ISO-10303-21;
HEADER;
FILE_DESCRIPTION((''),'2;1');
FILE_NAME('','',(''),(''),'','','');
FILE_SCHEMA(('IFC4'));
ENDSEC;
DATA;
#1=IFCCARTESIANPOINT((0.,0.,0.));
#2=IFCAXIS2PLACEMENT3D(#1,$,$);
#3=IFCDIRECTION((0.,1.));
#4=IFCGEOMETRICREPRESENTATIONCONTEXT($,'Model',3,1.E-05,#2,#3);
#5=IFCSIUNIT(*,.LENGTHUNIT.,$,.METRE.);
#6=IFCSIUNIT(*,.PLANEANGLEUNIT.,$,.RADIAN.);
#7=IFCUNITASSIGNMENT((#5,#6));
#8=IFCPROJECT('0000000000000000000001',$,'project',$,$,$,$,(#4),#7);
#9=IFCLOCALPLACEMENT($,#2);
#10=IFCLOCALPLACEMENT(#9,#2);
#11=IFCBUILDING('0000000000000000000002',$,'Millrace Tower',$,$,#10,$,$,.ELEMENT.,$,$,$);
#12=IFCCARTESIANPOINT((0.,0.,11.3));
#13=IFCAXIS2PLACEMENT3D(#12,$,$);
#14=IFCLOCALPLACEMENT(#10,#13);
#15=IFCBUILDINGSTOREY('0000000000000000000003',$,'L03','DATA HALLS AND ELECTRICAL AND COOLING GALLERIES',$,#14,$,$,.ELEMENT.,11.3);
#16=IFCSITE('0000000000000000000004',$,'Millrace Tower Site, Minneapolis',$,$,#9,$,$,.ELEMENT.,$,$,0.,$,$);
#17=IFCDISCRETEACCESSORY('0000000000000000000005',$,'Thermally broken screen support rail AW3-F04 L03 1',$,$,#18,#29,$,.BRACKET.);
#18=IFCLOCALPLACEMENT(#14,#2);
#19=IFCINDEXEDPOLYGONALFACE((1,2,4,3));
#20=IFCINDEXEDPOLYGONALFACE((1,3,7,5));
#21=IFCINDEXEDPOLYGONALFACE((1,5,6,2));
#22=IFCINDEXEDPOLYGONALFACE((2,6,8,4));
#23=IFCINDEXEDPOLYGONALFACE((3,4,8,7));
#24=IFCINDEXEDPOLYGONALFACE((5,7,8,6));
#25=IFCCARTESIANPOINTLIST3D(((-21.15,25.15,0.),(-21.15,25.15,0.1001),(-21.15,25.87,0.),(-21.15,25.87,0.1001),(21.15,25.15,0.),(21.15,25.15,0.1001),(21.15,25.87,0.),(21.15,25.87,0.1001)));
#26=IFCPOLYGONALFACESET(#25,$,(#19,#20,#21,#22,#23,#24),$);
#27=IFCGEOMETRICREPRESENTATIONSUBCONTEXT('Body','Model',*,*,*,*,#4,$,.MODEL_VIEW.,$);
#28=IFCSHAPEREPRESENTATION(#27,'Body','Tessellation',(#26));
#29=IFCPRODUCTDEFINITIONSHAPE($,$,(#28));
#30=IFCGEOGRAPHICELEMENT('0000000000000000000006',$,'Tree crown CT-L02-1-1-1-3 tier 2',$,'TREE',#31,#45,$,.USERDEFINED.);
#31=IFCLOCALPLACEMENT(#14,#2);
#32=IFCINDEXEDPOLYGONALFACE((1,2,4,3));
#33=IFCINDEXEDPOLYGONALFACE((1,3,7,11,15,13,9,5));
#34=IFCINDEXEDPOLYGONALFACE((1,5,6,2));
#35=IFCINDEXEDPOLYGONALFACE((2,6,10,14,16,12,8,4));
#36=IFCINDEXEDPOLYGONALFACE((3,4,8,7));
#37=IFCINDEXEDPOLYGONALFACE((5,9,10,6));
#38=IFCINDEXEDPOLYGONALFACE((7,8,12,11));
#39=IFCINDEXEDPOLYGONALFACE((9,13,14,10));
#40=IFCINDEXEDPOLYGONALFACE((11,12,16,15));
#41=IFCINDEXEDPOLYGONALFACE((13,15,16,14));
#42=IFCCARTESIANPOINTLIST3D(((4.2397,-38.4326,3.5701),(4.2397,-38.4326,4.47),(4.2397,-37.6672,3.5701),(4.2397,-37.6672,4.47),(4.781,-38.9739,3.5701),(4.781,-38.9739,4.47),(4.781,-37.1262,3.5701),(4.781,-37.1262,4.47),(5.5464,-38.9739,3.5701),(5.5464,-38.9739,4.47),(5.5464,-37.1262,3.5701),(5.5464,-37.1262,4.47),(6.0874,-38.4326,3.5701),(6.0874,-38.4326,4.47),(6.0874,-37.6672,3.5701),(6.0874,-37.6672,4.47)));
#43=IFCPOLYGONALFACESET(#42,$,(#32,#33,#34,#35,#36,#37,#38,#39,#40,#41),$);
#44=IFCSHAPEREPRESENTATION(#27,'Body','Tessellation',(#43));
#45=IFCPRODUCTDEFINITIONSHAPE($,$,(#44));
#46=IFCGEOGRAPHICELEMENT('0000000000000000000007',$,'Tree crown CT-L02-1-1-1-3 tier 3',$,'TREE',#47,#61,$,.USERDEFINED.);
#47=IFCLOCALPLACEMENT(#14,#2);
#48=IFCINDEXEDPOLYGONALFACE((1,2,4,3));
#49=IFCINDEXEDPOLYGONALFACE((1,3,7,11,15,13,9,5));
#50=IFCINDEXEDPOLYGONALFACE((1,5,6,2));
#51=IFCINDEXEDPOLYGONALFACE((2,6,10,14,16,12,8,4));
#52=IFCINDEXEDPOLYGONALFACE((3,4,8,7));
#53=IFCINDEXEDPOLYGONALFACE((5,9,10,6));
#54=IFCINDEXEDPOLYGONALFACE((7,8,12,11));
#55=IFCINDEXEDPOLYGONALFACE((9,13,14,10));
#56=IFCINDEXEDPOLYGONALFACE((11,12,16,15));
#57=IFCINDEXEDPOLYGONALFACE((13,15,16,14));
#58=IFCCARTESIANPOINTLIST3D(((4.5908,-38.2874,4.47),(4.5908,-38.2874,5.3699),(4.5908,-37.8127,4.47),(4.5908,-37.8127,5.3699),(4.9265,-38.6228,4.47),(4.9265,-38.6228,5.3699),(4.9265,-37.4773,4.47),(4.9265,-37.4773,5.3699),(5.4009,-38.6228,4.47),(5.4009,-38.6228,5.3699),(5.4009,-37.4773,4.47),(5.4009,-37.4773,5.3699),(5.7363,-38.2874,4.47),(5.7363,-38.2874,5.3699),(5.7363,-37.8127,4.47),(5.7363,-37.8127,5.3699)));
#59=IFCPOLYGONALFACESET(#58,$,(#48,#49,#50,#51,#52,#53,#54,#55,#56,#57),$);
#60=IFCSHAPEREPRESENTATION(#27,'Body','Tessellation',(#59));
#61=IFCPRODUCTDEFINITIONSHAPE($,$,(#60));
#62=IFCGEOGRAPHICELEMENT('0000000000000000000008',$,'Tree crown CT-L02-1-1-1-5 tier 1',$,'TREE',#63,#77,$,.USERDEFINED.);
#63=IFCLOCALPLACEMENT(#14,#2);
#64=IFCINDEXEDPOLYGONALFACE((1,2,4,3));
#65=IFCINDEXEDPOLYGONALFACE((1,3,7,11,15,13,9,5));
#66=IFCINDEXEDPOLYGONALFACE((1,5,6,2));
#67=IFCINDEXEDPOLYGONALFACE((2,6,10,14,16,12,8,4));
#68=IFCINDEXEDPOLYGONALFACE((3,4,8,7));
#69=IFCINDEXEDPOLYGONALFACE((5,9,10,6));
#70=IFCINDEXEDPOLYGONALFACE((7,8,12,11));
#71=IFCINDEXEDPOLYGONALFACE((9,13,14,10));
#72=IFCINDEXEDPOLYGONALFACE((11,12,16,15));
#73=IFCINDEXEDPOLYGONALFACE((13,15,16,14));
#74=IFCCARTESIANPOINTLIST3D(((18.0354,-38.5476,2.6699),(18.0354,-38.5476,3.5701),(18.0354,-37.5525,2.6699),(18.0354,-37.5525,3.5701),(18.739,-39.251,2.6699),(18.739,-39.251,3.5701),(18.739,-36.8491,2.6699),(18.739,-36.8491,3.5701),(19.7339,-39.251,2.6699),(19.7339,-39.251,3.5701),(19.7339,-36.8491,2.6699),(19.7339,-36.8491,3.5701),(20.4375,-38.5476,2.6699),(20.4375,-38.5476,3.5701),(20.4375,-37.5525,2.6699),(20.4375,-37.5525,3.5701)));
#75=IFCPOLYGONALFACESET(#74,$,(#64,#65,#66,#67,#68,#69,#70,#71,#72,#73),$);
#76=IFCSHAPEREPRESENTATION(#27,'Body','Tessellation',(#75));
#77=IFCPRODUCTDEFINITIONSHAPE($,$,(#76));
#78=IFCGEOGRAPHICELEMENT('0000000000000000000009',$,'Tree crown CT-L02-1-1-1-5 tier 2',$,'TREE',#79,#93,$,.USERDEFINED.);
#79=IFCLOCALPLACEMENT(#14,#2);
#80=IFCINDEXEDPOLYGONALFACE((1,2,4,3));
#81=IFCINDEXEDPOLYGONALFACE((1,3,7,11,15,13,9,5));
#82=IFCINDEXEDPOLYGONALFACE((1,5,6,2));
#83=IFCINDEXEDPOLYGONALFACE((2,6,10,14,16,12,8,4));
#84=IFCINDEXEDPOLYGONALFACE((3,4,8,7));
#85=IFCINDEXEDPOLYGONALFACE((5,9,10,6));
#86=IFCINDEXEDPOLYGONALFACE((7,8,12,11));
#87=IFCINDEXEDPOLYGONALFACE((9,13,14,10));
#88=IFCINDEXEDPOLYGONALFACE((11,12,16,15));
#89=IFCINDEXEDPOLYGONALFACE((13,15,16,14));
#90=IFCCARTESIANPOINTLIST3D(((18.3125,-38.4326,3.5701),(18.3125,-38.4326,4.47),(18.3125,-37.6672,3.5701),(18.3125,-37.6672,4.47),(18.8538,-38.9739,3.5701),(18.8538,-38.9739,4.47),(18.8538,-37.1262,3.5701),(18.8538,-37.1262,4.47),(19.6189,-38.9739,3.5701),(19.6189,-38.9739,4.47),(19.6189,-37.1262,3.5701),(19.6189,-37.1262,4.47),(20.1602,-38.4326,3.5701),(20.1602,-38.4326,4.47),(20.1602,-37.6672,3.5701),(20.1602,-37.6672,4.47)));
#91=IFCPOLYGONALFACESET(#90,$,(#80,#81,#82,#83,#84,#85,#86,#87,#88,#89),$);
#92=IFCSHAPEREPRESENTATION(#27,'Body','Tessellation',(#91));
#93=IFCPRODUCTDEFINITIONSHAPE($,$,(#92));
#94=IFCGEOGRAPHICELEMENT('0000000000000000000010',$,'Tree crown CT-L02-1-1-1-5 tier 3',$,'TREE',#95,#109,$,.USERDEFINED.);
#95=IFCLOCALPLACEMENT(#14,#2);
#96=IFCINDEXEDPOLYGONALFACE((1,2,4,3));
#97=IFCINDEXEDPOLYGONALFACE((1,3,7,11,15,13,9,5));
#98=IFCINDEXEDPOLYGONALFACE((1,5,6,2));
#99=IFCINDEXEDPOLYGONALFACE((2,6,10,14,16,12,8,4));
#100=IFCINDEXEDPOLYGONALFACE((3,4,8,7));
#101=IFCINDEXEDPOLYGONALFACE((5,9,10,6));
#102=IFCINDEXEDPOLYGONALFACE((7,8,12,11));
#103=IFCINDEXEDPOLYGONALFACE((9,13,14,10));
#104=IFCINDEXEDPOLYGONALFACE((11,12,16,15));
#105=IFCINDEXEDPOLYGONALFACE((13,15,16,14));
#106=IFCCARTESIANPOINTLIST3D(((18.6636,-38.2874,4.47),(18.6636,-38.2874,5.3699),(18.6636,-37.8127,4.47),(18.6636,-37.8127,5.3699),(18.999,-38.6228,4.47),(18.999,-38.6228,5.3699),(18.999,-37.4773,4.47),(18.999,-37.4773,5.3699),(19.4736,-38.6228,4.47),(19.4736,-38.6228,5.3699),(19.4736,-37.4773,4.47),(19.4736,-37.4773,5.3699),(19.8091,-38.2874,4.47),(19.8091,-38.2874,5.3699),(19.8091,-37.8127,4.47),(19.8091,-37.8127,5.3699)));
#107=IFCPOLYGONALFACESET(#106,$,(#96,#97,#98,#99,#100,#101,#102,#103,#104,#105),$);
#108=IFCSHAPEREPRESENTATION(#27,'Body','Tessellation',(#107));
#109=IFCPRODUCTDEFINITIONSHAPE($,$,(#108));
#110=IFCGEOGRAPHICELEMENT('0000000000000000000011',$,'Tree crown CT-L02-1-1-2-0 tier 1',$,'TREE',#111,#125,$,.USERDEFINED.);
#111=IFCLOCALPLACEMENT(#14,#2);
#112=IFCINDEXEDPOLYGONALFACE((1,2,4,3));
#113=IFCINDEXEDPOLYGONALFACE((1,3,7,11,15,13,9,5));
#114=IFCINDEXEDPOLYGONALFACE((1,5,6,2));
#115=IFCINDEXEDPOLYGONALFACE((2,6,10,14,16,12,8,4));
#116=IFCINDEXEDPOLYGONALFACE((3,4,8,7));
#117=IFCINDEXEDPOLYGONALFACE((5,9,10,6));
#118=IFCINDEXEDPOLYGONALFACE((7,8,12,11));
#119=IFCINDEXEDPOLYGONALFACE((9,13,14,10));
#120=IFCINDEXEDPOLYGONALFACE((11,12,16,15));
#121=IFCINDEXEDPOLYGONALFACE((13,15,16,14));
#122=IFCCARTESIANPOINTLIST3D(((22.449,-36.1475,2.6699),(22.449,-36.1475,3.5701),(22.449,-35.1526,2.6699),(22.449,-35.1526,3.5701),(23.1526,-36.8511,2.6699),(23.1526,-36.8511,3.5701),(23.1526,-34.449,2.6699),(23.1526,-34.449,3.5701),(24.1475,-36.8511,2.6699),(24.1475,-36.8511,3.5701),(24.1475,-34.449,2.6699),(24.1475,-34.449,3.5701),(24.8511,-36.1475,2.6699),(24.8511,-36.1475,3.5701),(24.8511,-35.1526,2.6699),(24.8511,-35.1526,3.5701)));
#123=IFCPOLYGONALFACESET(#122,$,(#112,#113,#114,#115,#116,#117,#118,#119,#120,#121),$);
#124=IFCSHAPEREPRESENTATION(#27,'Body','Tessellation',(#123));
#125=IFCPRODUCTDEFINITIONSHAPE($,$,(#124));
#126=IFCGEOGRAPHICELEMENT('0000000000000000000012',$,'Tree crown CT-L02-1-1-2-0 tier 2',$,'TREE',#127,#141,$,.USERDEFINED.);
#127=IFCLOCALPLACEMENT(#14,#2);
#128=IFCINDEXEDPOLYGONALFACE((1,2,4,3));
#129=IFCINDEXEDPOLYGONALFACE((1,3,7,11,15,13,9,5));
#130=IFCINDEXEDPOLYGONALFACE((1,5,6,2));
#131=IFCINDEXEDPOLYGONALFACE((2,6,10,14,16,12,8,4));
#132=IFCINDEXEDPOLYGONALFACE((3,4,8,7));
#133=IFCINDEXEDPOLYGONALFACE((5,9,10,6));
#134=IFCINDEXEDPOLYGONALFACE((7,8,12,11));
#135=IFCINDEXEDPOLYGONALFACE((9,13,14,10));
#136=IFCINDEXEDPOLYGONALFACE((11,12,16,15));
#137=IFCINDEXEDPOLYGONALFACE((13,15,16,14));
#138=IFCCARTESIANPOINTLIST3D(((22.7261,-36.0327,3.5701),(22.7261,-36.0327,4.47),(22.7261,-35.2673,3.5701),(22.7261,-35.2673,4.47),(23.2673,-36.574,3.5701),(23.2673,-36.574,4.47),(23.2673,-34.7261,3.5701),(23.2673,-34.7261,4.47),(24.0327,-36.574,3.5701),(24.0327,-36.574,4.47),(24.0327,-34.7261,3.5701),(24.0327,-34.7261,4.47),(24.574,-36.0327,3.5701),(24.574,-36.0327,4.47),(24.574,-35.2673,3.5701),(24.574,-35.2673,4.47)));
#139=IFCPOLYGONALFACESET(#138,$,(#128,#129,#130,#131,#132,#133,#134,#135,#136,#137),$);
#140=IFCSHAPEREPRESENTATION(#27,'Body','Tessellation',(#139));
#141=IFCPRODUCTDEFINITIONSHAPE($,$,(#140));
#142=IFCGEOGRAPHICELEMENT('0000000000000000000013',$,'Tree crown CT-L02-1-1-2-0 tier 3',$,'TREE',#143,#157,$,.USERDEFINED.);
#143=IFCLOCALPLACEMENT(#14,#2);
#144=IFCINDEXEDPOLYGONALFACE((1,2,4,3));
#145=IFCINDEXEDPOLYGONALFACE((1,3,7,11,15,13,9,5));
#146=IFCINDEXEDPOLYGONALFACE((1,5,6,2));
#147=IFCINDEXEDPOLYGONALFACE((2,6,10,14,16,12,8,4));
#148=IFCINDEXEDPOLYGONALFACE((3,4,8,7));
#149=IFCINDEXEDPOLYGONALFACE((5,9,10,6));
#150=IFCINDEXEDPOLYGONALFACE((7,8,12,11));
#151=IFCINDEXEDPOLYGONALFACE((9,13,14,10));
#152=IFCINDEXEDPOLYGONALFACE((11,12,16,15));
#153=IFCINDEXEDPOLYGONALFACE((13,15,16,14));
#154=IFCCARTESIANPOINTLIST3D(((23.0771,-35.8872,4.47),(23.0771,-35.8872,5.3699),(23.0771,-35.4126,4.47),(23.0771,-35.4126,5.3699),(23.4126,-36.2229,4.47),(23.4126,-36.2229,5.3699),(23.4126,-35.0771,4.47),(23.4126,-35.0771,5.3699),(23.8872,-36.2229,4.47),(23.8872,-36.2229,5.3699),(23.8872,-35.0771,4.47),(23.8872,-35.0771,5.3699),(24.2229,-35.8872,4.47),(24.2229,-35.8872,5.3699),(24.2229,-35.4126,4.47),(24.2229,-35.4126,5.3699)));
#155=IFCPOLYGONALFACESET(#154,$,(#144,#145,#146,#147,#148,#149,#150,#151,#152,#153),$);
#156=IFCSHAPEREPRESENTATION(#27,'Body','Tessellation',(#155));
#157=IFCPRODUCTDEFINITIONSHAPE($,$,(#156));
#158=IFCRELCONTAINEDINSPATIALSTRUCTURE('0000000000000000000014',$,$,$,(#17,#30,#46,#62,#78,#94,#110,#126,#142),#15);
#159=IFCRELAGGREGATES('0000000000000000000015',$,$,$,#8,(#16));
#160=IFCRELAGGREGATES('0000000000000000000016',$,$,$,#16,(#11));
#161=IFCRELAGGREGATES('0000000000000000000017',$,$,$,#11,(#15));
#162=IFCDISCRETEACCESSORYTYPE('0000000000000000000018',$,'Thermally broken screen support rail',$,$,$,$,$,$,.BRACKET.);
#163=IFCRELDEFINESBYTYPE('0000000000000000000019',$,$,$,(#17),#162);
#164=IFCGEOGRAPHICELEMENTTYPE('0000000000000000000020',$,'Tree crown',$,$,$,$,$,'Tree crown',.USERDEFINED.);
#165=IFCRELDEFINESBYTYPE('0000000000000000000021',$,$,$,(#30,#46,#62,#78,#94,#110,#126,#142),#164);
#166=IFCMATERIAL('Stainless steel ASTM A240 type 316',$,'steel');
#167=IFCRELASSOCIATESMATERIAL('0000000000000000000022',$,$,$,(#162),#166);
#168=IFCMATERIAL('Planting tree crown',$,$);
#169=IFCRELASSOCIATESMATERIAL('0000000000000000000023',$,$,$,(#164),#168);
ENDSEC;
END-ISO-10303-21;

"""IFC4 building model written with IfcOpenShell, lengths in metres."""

from ifc_helpers import new_model, si_unit, direction, frame, origin, origin_2d, place, context, subcontext, project, spatial, polyline, rectangle, outline, extrude, material, type_object, element, save


model = new_model("IFC4")

# Units and contexts
model_context = context("Model", 3, precision=1e-05, world=origin(), true_north=direction((0.0, 1.0)))
body_context = subcontext(model_context, "Body", "Model", "MODEL_VIEW")
ifc_project = project(units=[si_unit("LENGTHUNIT", "METRE"), si_unit("PLANEANGLEUNIT", "RADIAN")], contexts=[model_context])

# Site, building, storey
site_placement = place(None, origin())
site = spatial("IfcSite", under=ifc_project, at=site_placement, Name="Millrace Tower Site, Minneapolis", CompositionType="ELEMENT", RefElevation=0.0)
building_placement = place(site_placement, origin())
building = spatial("IfcBuilding", under=site, at=building_placement, Name="Millrace Tower", CompositionType="ELEMENT")
storey_placement = place(building_placement, frame((0.0, 0.0, 11.3)))
storey = spatial("IfcBuildingStorey", under=building, at=storey_placement, Name="L03", Description="DATA HALLS AND ELECTRICAL AND COOLING GALLERIES", CompositionType="ELEMENT", Elevation=11.3)

# Discrete accessory
ifc_material_1 = material(Name="Stainless steel ASTM A240 type 316", Category="steel")
discrete_accessory_type = type_object("IfcDiscreteAccessoryType", Name="Thermally broken screen support rail", PredefinedType="BRACKET", material=ifc_material_1)
discrete_accessory_placement = place(storey_placement, frame((0.0, 25.51, 0.0), z_axis=(0.0, 0.0, 1.0), x_axis=(-1.0, 0.0, 0.0)))
element("IfcDiscreteAccessory", 1, at=discrete_accessory_placement, inside=storey, type_object=discrete_accessory_type, Name="Thermally broken screen support rail AW3-F04 L03 1", PredefinedType="BRACKET", context=body_context, shape_type="SweptSolid", body=[
    extrude(rectangle(XDim=42.3, YDim=0.72, at=origin_2d()), origin(), (0.0, 0.0, 1.0), 0.1001),
])

# Geographic elements
ifc_material_2 = material(Name="Planting tree crown")
geographic_element_type = type_object("IfcGeographicElementType", Name="Tree crown", ElementType="Tree crown", PredefinedType="USERDEFINED", material=ifc_material_2)
placement_1 = place(storey_placement, frame((0.0, 0.0, 3.5701)))
element("IfcGeographicElement", 2, at=placement_1, inside=storey, type_object=geographic_element_type, Name="Tree crown CT-L02-1-1-1-3 tier 2", ObjectType="TREE", PredefinedType="USERDEFINED", context=body_context, shape_type="SweptSolid", body=[
    extrude(outline(polyline([(6.0874, -37.6672), (5.5464, -37.1262), (4.781, -37.1262), (4.2397, -37.6672), (4.2397, -38.4326), (4.781, -38.9739), (5.5464, -38.9739), (6.0874, -38.4326), (6.0874, -37.6672)])), origin(), (0.0, 0.0, 1.0), 0.8999),
])
placement_2 = place(storey_placement, frame((0.0, 0.0, 4.47)))
element("IfcGeographicElement", 3, at=placement_2, inside=storey, type_object=geographic_element_type, Name="Tree crown CT-L02-1-1-1-3 tier 3", ObjectType="TREE", PredefinedType="USERDEFINED", context=body_context, shape_type="SweptSolid", body=[
    extrude(outline(polyline([(5.7363, -37.8127), (5.4009, -37.4773), (4.9265, -37.4773), (4.5908, -37.8127), (4.5908, -38.2874), (4.9265, -38.6228), (5.4009, -38.6228), (5.7363, -38.2874), (5.7363, -37.8127)])), origin(), (0.0, 0.0, 1.0), 0.8999),
])
placement_3 = place(storey_placement, frame((0.0, 0.0, 2.6699)))
element("IfcGeographicElement", 4, at=placement_3, inside=storey, type_object=geographic_element_type, Name="Tree crown CT-L02-1-1-1-5 tier 1", ObjectType="TREE", PredefinedType="USERDEFINED", context=body_context, shape_type="SweptSolid", body=[
    extrude(outline(polyline([(20.4375, -37.5525), (19.7339, -36.8491), (18.739, -36.8491), (18.0354, -37.5525), (18.0354, -38.5476), (18.739, -39.251), (19.7339, -39.251), (20.4375, -38.5476), (20.4375, -37.5525)])), origin(), (0.0, 0.0, 1.0), 0.9001),
])
element("IfcGeographicElement", 5, at=placement_1, inside=storey, type_object=geographic_element_type, Name="Tree crown CT-L02-1-1-1-5 tier 2", ObjectType="TREE", PredefinedType="USERDEFINED", context=body_context, shape_type="SweptSolid", body=[
    extrude(outline(polyline([(20.1602, -37.6672), (19.6189, -37.1262), (18.8538, -37.1262), (18.3125, -37.6672), (18.3125, -38.4326), (18.8538, -38.9739), (19.6189, -38.9739), (20.1602, -38.4326), (20.1602, -37.6672)])), origin(), (0.0, 0.0, 1.0), 0.8999),
])
element("IfcGeographicElement", 6, at=placement_2, inside=storey, type_object=geographic_element_type, Name="Tree crown CT-L02-1-1-1-5 tier 3", ObjectType="TREE", PredefinedType="USERDEFINED", context=body_context, shape_type="SweptSolid", body=[
    extrude(outline(polyline([(19.8091, -37.8127), (19.4736, -37.4773), (18.999, -37.4773), (18.6636, -37.8127), (18.6636, -38.2874), (18.999, -38.6228), (19.4736, -38.6228), (19.8091, -38.2874), (19.8091, -37.8127)])), origin(), (0.0, 0.0, 1.0), 0.8999),
])
element("IfcGeographicElement", 7, at=placement_3, inside=storey, type_object=geographic_element_type, Name="Tree crown CT-L02-1-1-2-0 tier 1", ObjectType="TREE", PredefinedType="USERDEFINED", context=body_context, shape_type="SweptSolid", body=[
    extrude(outline(polyline([(24.8511, -35.1526), (24.1475, -34.449), (23.1526, -34.449), (22.449, -35.1526), (22.449, -36.1475), (23.1526, -36.8511), (24.1475, -36.8511), (24.8511, -36.1475), (24.8511, -35.1526)])), origin(), (0.0, 0.0, 1.0), 0.9001),
])
element("IfcGeographicElement", 8, at=placement_1, inside=storey, type_object=geographic_element_type, Name="Tree crown CT-L02-1-1-2-0 tier 2", ObjectType="TREE", PredefinedType="USERDEFINED", context=body_context, shape_type="SweptSolid", body=[
    extrude(outline(polyline([(24.574, -35.2673), (24.0327, -34.7261), (23.2673, -34.7261), (22.7261, -35.2673), (22.7261, -36.0327), (23.2673, -36.574), (24.0327, -36.574), (24.574, -36.0327), (24.574, -35.2673)])), origin(), (0.0, 0.0, 1.0), 0.8999),
])
element("IfcGeographicElement", 9, at=placement_2, inside=storey, type_object=geographic_element_type, Name="Tree crown CT-L02-1-1-2-0 tier 3", ObjectType="TREE", PredefinedType="USERDEFINED", context=body_context, shape_type="SweptSolid", body=[
    extrude(outline(polyline([(24.2229, -35.4126), (23.8872, -35.0771), (23.4126, -35.0771), (23.0771, -35.4126), (23.0771, -35.8872), (23.4126, -36.2229), (23.8872, -36.2229), (24.2229, -35.8872), (24.2229, -35.4126)])), origin(), (0.0, 0.0, 1.0), 0.8999),
])

save(model, "model.ifc")
